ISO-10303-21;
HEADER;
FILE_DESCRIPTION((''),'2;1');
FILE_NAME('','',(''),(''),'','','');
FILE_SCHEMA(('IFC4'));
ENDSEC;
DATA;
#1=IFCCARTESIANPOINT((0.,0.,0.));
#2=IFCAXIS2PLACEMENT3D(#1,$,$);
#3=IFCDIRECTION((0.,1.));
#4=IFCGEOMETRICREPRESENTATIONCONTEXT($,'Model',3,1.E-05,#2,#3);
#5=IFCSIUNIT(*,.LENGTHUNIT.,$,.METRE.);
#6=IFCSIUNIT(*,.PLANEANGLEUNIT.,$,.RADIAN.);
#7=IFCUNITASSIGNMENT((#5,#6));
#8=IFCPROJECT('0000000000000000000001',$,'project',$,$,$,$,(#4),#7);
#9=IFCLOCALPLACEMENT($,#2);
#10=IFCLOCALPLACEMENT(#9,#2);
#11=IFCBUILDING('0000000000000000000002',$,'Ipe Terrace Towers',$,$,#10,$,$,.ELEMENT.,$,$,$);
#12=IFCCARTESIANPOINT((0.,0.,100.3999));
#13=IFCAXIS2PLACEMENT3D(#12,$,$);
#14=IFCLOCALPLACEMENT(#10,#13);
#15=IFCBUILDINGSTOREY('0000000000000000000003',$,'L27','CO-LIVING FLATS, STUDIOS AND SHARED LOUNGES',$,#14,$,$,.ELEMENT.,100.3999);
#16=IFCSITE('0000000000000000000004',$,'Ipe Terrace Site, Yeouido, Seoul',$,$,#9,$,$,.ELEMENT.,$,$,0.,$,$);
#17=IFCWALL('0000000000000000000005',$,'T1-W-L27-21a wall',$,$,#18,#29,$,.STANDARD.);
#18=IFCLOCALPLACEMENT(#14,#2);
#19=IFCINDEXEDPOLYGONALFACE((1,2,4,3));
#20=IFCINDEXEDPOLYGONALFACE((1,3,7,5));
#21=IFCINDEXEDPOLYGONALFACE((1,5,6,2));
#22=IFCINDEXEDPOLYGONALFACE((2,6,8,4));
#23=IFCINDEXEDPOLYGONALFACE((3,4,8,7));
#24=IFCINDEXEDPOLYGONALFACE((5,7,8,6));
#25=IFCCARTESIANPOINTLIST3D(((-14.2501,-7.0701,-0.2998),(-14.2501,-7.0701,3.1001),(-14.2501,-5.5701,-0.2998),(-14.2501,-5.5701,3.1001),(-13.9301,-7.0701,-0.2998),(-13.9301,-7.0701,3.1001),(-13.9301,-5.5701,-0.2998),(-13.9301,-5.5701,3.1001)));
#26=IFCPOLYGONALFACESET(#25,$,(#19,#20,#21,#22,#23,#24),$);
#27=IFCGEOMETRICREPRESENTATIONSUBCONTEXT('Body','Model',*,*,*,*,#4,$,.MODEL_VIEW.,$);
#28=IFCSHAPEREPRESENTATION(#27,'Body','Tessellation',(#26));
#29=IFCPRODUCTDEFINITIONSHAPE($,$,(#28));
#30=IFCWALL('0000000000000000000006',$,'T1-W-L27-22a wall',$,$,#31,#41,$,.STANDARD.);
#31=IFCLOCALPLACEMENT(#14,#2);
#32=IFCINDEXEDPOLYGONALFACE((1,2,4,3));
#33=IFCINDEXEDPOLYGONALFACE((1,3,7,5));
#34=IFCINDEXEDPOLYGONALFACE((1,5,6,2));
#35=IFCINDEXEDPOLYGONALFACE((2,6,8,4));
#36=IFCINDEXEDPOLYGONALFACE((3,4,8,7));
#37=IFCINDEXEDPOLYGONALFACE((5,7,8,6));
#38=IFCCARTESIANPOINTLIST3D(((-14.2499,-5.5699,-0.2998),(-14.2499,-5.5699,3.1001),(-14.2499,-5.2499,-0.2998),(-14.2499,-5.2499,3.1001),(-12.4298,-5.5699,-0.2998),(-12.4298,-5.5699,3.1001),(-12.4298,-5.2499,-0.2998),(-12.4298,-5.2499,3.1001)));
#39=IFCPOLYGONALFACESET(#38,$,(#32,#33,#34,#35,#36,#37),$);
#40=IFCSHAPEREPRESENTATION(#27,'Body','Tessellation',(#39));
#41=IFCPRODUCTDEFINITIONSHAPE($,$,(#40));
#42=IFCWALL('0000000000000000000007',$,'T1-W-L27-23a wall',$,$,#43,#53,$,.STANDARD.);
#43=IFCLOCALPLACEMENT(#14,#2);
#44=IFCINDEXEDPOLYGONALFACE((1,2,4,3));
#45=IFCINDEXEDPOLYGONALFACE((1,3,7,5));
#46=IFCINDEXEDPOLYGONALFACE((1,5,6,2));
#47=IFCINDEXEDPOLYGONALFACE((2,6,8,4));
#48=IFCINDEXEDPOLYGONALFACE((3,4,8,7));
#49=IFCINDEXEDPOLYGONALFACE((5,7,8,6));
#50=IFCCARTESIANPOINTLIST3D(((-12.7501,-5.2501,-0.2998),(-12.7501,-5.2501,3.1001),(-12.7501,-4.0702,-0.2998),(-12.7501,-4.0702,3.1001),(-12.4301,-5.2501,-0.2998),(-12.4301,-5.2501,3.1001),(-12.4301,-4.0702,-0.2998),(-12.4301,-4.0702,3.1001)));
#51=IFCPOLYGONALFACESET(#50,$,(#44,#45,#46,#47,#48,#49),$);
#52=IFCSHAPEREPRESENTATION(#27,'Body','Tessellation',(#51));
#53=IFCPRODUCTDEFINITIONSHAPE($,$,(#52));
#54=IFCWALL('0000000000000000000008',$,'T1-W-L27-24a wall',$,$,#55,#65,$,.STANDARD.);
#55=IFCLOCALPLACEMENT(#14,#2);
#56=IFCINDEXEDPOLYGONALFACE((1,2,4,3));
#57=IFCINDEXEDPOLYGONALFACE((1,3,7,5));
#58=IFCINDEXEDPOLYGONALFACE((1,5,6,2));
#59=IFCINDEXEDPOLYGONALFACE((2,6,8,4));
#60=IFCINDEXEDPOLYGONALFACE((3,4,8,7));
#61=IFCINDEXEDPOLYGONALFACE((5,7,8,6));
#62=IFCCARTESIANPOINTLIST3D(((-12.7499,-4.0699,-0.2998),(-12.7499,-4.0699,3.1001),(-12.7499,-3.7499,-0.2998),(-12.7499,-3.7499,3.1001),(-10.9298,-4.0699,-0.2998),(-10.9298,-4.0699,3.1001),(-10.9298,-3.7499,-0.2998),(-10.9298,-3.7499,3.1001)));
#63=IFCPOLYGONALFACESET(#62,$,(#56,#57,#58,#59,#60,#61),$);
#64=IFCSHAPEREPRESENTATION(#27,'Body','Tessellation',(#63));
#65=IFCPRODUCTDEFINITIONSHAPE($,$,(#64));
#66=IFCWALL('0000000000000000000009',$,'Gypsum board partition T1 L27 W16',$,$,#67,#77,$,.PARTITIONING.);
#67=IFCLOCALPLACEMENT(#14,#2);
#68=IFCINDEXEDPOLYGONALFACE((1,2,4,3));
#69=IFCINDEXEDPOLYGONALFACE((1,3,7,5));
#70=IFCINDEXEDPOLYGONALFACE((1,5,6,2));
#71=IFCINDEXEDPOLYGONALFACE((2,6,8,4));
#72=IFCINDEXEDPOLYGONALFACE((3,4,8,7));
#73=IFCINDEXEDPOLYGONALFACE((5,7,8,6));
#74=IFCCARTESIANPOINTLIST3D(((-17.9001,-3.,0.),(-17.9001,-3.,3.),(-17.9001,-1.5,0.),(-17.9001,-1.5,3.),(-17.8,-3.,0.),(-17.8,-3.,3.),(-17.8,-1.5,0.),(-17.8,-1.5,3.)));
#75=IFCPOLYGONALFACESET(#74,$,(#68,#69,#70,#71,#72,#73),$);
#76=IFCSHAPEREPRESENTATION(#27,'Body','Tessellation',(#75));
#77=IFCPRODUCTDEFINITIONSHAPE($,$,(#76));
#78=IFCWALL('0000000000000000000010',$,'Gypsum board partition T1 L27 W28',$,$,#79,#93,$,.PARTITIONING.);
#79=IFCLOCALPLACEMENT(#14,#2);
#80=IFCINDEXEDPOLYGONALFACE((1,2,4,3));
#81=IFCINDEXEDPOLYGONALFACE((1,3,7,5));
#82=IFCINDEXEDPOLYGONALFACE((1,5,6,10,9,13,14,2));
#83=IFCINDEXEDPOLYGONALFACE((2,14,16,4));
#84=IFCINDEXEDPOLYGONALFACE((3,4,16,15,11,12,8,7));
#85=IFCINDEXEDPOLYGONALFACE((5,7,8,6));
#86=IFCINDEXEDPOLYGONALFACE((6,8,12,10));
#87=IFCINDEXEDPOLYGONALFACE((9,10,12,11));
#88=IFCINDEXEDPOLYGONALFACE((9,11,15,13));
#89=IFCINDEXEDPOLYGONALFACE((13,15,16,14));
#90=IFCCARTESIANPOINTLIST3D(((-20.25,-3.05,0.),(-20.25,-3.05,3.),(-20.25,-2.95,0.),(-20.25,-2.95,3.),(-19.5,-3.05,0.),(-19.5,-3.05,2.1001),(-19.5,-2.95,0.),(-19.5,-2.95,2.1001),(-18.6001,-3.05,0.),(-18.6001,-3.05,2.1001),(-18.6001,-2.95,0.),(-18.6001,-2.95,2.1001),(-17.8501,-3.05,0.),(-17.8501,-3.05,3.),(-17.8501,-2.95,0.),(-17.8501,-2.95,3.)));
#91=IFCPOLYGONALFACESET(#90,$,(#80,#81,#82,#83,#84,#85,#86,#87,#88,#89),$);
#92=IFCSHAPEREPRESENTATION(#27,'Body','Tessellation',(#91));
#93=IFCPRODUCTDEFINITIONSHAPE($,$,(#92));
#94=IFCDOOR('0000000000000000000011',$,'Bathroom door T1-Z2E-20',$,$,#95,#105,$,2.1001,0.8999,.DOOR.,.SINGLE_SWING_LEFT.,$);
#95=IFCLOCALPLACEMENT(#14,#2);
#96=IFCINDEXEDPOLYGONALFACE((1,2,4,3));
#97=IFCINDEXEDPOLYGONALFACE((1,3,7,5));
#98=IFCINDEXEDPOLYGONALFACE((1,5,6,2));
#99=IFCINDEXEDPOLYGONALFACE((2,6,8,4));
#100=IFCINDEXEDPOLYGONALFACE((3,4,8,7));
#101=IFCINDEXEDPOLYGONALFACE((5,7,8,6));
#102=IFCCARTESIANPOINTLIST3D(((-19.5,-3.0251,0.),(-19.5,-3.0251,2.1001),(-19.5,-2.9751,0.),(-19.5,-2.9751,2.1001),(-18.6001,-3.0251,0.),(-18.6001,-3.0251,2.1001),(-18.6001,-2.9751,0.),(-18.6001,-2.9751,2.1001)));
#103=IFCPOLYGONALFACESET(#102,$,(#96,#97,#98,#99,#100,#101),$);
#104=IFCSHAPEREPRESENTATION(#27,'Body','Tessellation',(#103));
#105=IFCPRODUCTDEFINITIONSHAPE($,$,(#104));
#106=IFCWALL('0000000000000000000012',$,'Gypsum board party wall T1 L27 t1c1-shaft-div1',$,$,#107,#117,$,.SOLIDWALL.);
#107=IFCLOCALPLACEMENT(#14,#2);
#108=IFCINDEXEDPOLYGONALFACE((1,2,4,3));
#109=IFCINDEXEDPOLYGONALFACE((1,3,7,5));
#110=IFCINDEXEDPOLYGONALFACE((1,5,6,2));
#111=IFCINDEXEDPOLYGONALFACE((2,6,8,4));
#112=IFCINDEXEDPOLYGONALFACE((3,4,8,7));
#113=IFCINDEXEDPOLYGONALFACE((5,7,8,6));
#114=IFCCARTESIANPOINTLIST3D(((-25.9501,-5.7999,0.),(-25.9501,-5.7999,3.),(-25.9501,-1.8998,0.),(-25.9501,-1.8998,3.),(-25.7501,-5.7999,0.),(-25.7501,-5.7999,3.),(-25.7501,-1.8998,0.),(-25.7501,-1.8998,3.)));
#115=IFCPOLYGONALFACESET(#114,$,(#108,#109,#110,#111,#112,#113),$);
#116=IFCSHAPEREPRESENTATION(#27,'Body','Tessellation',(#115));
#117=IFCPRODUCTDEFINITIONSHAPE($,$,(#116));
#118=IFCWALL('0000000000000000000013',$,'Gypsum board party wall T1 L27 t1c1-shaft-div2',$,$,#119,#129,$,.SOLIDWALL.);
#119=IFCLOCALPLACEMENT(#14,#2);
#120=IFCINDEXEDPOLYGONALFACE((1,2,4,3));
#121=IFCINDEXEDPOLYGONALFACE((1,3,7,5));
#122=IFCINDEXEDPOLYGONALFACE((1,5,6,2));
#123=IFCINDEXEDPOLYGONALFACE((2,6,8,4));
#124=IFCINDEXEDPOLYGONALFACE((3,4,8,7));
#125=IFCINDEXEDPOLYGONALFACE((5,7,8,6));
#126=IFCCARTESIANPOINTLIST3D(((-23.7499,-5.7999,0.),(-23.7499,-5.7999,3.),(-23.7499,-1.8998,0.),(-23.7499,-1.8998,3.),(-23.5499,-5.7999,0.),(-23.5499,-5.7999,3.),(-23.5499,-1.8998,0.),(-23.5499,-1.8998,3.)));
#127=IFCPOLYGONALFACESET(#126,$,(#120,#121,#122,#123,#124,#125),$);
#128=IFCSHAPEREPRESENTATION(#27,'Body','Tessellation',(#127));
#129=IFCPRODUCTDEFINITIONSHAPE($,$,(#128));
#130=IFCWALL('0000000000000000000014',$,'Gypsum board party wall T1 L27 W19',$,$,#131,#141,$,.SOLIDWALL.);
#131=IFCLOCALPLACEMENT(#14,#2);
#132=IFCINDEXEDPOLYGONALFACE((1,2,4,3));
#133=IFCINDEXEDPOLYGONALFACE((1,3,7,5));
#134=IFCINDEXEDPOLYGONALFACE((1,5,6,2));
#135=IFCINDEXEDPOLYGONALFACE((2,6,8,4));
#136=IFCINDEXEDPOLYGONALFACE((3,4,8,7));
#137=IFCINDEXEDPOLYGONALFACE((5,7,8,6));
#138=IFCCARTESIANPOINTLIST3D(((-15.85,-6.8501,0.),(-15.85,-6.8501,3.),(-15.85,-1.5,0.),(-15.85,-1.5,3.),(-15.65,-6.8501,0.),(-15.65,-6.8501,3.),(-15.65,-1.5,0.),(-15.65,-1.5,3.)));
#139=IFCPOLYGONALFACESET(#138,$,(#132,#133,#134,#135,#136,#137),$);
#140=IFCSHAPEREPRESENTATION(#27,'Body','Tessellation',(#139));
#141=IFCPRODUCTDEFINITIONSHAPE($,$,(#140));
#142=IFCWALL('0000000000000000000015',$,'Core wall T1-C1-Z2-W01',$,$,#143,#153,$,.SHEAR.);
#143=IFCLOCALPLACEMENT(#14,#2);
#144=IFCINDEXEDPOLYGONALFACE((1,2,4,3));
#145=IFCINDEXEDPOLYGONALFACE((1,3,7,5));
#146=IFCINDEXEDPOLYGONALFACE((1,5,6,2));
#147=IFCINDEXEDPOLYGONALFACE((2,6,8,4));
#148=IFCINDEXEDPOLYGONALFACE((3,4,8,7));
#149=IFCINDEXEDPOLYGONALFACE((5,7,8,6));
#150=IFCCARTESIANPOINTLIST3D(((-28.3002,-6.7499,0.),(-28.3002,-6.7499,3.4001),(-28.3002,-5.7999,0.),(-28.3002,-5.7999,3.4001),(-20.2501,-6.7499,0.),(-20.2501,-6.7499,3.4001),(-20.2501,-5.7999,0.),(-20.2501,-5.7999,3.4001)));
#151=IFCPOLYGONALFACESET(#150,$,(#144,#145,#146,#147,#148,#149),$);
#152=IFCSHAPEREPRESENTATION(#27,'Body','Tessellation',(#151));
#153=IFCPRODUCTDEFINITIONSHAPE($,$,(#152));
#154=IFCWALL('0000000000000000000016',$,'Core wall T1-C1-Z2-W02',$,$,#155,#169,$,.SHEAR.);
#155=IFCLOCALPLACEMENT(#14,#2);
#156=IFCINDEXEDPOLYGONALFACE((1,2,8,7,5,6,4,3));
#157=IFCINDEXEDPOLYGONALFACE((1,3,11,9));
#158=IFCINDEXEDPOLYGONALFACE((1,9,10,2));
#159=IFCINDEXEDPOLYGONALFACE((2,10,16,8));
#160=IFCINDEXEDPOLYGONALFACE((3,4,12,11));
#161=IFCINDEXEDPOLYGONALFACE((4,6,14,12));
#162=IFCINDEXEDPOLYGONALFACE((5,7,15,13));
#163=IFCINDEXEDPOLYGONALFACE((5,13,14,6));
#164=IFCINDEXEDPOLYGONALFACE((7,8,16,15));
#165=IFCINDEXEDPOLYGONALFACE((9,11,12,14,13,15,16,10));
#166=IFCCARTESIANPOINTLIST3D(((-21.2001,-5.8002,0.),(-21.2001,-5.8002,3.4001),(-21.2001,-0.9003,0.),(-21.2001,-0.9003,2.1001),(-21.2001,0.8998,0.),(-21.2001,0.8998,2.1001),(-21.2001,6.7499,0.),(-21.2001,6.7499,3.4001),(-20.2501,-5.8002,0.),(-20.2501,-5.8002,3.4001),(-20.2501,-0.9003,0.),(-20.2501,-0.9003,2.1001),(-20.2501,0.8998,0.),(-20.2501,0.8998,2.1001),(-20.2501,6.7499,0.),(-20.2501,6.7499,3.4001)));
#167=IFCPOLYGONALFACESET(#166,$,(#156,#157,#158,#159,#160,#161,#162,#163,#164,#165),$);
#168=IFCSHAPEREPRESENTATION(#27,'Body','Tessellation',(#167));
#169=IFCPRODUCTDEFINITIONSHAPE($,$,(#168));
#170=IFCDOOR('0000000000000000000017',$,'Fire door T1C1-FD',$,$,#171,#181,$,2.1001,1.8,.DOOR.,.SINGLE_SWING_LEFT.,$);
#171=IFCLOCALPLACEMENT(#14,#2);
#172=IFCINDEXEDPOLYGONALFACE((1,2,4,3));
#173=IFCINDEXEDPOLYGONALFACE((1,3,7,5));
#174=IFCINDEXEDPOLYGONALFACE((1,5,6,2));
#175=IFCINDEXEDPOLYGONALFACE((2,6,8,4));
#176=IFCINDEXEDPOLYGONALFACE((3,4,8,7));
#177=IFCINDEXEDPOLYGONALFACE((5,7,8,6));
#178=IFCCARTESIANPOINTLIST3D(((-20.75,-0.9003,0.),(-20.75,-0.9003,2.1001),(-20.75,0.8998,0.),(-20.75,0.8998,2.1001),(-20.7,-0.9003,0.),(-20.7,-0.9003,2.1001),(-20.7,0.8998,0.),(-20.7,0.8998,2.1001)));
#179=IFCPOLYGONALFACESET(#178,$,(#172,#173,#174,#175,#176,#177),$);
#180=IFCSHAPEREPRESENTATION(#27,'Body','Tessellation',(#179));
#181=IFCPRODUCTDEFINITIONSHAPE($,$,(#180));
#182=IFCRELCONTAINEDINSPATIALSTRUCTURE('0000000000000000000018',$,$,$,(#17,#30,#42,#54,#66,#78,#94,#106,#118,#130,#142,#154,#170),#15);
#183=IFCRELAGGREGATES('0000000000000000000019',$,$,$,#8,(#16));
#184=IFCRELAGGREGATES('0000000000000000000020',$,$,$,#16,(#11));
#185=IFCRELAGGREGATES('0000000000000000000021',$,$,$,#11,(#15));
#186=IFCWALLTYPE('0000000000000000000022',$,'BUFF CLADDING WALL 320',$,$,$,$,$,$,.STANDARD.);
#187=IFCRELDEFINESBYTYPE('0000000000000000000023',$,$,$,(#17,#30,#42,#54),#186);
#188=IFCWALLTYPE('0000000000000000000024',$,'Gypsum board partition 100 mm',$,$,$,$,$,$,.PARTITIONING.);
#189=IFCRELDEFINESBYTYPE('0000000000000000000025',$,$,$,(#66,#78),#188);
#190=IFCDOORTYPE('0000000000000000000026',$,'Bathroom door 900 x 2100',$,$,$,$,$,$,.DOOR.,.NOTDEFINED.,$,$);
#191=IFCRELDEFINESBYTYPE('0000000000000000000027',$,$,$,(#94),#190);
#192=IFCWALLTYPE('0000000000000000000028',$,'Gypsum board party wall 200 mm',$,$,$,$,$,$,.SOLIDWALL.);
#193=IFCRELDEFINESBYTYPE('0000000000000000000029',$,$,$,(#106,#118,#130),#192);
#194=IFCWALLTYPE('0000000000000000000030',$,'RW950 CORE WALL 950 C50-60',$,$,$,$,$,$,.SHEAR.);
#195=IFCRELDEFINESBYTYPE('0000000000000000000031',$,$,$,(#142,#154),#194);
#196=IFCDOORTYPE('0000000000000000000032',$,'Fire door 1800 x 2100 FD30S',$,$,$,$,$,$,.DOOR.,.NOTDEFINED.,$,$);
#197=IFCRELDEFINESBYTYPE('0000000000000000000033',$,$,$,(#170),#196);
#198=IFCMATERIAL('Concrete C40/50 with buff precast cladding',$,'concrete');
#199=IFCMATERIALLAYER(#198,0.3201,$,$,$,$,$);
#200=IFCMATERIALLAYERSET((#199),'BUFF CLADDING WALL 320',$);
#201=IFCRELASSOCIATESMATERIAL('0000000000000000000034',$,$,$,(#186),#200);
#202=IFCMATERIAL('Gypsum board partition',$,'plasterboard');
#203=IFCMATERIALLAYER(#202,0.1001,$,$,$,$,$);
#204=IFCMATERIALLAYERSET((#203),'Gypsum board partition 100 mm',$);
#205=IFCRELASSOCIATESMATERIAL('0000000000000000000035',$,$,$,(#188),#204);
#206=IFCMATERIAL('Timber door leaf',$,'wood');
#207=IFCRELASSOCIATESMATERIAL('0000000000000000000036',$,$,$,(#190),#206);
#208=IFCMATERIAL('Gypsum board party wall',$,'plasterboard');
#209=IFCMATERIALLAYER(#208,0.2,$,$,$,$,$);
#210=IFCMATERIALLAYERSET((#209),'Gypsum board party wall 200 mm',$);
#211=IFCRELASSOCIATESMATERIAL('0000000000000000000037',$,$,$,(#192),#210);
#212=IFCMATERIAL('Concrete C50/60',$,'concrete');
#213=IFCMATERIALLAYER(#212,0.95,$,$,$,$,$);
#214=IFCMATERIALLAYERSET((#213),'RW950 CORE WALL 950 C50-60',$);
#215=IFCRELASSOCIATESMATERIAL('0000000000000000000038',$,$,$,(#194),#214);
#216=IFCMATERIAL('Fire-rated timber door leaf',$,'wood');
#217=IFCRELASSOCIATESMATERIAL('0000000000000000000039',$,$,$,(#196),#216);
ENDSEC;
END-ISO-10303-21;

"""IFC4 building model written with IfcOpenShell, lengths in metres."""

from ifc_helpers import new_model, si_unit, direction, frame, frame_2d, origin, place, context, subcontext, project, spatial, rectangle, extrude, material, layer, layer_set, type_object, element, fill, save


model = new_model("IFC4")

# Units and contexts
model_context = context("Model", 3, precision=1e-05, world=origin(), true_north=direction((0.0, 1.0)))
body_context = subcontext(model_context, "Body", "Model", "MODEL_VIEW")
ifc_project = project(units=[si_unit("LENGTHUNIT", "METRE"), si_unit("PLANEANGLEUNIT", "RADIAN")], contexts=[model_context])

# Site, building, storey
site_placement = place(None, origin())
site = spatial("IfcSite", under=ifc_project, at=site_placement, Name="Ipe Terrace Site, Yeouido, Seoul", CompositionType="ELEMENT", RefElevation=0.0)
building_placement = place(site_placement, origin())
building = spatial("IfcBuilding", under=site, at=building_placement, Name="Ipe Terrace Towers", CompositionType="ELEMENT")
storey_placement = place(building_placement, frame((0.0, 0.0, 100.3999)))
storey = spatial("IfcBuildingStorey", under=building, at=storey_placement, Name="L27", Description="CO-LIVING FLATS, STUDIOS AND SHARED LOUNGES", CompositionType="ELEMENT", Elevation=100.3999)

# Walls
ifc_material_1 = material(Name="Concrete C40/50 with buff precast cladding", Category="concrete")
ifc_layer_1 = layer(ifc_material_1, 0.3201)
ifc_layer_set_1 = layer_set([ifc_layer_1], Name="BUFF CLADDING WALL 320")
wall_type_1 = type_object("IfcWallType", Name="BUFF CLADDING WALL 320", PredefinedType="STANDARD", material=ifc_layer_set_1)
wall_1_placement = place(storey_placement, frame((-14.0901, -7.0701, -0.2998), z_axis=(0.0, 0.0, 1.0), x_axis=(0.0, 1.0, 0.0)))
element("IfcWall", 1, at=wall_1_placement, inside=storey, type_object=wall_type_1, Name="T1-W-L27-21a wall", PredefinedType="STANDARD", context=body_context, shape_type="SweptSolid", body=[
    extrude(rectangle(XDim=1.5, YDim=0.3201, at=frame_2d((0.75, 0.0))), origin(), (0.0, 0.0, 1.0), 3.3999),
])
wall_2_placement = place(storey_placement, frame((-14.25, -5.4099, -0.2998), z_axis=(0.0, 0.0, 1.0), x_axis=(1.0, 0.0, 0.0)))
element("IfcWall", 2, at=wall_2_placement, inside=storey, type_object=wall_type_1, Name="T1-W-L27-22a wall", PredefinedType="STANDARD", context=body_context, shape_type="SweptSolid", body=[
    extrude(rectangle(XDim=1.8201, YDim=0.3201, at=frame_2d((0.9102, 0.0))), origin(), (0.0, 0.0, 1.0), 3.3999),
])
wall_3_placement = place(storey_placement, frame((-12.5901, -5.25, -0.2998), z_axis=(0.0, 0.0, 1.0), x_axis=(0.0, 1.0, 0.0)))
element("IfcWall", 3, at=wall_3_placement, inside=storey, type_object=wall_type_1, Name="T1-W-L27-23a wall", PredefinedType="STANDARD", context=body_context, shape_type="SweptSolid", body=[
    extrude(rectangle(XDim=1.1799, YDim=0.3201, at=frame_2d((0.5898, 0.0))), origin(), (0.0, 0.0, 1.0), 3.3999),
])
wall_4_placement = place(storey_placement, frame((-12.75, -3.9099, -0.2998), z_axis=(0.0, 0.0, 1.0), x_axis=(1.0, 0.0, 0.0)))
element("IfcWall", 4, at=wall_4_placement, inside=storey, type_object=wall_type_1, Name="T1-W-L27-24a wall", PredefinedType="STANDARD", context=body_context, shape_type="SweptSolid", body=[
    extrude(rectangle(XDim=1.8201, YDim=0.3201, at=frame_2d((0.9102, 0.0))), origin(), (0.0, 0.0, 1.0), 3.3999),
])
ifc_material_2 = material(Name="Gypsum board partition", Category="plasterboard")
ifc_layer_2 = layer(ifc_material_2, 0.1001)
ifc_layer_set_2 = layer_set([ifc_layer_2], Name="Gypsum board partition 100 mm")
wall_type_2 = type_object("IfcWallType", Name="Gypsum board partition 100 mm", PredefinedType="PARTITIONING", material=ifc_layer_set_2)
wall_5_placement = place(storey_placement, frame((-17.8501, -3.0, 0.0), z_axis=(0.0, 0.0, 1.0), x_axis=(0.0, 1.0, 0.0)))
element("IfcWall", 5, at=wall_5_placement, inside=storey, type_object=wall_type_2, Name="Gypsum board partition T1 L27 W16", PredefinedType="PARTITIONING", context=body_context, shape_type="SweptSolid", body=[
    extrude(rectangle(XDim=1.5, YDim=0.1001, at=frame_2d((0.75, 0.0))), origin(), (0.0, 0.0, 1.0), 3.0),
])

# Wall, opening, door
wall_6_placement = place(storey_placement, frame((-20.25, -3.0, 0.0), z_axis=(0.0, 0.0, 1.0), x_axis=(1.0, 0.0, 0.0)))
wall_6 = element("IfcWall", 6, at=wall_6_placement, inside=storey, type_object=wall_type_2, Name="Gypsum board partition T1 L27 W28", PredefinedType="PARTITIONING", context=body_context, shape_type="SweptSolid", body=[
    extrude(rectangle(XDim=2.3999, YDim=0.1001, at=frame_2d((1.2, 0.0))), origin(), (0.0, 0.0, 1.0), 3.0),
])
opening_1_placement = place(wall_6_placement, frame((0.75, 0.0, 0.0)))
opening_1 = element("IfcOpeningElement", 7, at=opening_1_placement, cuts=wall_6, PredefinedType="OPENING", context=body_context, shape_type="SweptSolid", body=[
    extrude(rectangle(XDim=0.8999, YDim=2.1001, at=frame_2d((0.45, 1.05))), frame((0.0, 0.0601, 0.0), z_axis=(0.0, -1.0, 0.0), x_axis=(1.0, 0.0, 0.0)), (0.0, 0.0, 1.0), 0.1201),
])
ifc_material_3 = material(Name="Timber door leaf", Category="wood")
door_type_1 = type_object("IfcDoorType", Name="Bathroom door 900 x 2100", OperationType="NOTDEFINED", PredefinedType="DOOR", material=ifc_material_3)
door_1_placement = place(opening_1_placement, origin())
door_1 = element("IfcDoor", 8, at=door_1_placement, inside=storey, type_object=door_type_1, Name="Bathroom door T1-Z2E-20", OperationType="SINGLE_SWING_LEFT", OverallHeight=2.1001, OverallWidth=0.8999, PredefinedType="DOOR", context=body_context, shape_type="SweptSolid", body=[
    extrude(rectangle(XDim=0.8999, YDim=2.1001, at=frame_2d((0.45, 1.05))), frame((0.0, 0.0249, 0.0), z_axis=(0.0, -1.0, 0.0), x_axis=(1.0, 0.0, 0.0)), (0.0, 0.0, 1.0), 0.05),
])
fill(opening_1, door_1)

# Walls
ifc_material_4 = material(Name="Gypsum board party wall", Category="plasterboard")
ifc_layer_3 = layer(ifc_material_4, 0.2)
ifc_layer_set_3 = layer_set([ifc_layer_3], Name="Gypsum board party wall 200 mm")
wall_type_3 = type_object("IfcWallType", Name="Gypsum board party wall 200 mm", PredefinedType="SOLIDWALL", material=ifc_layer_set_3)
for number, where, z_axis, x_axis, name in (
    (9, (-25.8501, -5.8, 0.0), (0.0, 0.0, 1.0), (0.0, 1.0, 0.0), "Gypsum board party wall T1 L27 t1c1-shaft-div1"),
    (10, (-23.6499, -5.8, 0.0), (0.0, 0.0, 1.0), (0.0, 1.0, 0.0), "Gypsum board party wall T1 L27 t1c1-shaft-div2"),
):
    element("IfcWall", number, at=place(storey_placement, frame(where, z_axis=z_axis, x_axis=x_axis)), inside=storey, type_object=wall_type_3, Name=name, PredefinedType="SOLIDWALL", context=body_context, shape_type="SweptSolid", body=[
        extrude(rectangle(XDim=3.9001, YDim=0.2, at=frame_2d((1.9502, 0.0))), origin(), (0.0, 0.0, 1.0), 3.0),
    ])
wall_7_placement = place(storey_placement, frame((-15.75, -6.8501, 0.0), z_axis=(0.0, 0.0, 1.0), x_axis=(0.0, 1.0, 0.0)))
element("IfcWall", 11, at=wall_7_placement, inside=storey, type_object=wall_type_3, Name="Gypsum board party wall T1 L27 W19", PredefinedType="SOLIDWALL", context=body_context, shape_type="SweptSolid", body=[
    extrude(rectangle(XDim=5.3501, YDim=0.2, at=frame_2d((2.675, 0.0))), origin(), (0.0, 0.0, 1.0), 3.0),
])
ifc_material_5 = material(Name="Concrete C50/60", Category="concrete")
ifc_layer_4 = layer(ifc_material_5, 0.95)
ifc_layer_set_4 = layer_set([ifc_layer_4], Name="RW950 CORE WALL 950 C50-60")
wall_type_4 = type_object("IfcWallType", Name="RW950 CORE WALL 950 C50-60", PredefinedType="SHEAR", material=ifc_layer_set_4)
wall_8_placement = place(storey_placement, frame((-28.3, -6.2749, 0.0), z_axis=(0.0, 0.0, 1.0), x_axis=(1.0, 0.0, 0.0)))
element("IfcWall", 12, at=wall_8_placement, inside=storey, type_object=wall_type_4, Name="Core wall T1-C1-Z2-W01", PredefinedType="SHEAR", context=body_context, shape_type="SweptSolid", body=[
    extrude(rectangle(XDim=8.05, YDim=0.95, at=frame_2d((4.0249, 0.0))), origin(), (0.0, 0.0, 1.0), 3.4001),
])

# Wall, opening, door
wall_9_placement = place(storey_placement, frame((-20.7251, -5.8, 0.0), z_axis=(0.0, 0.0, 1.0), x_axis=(0.0, 1.0, 0.0)))
wall_9 = element("IfcWall", 13, at=wall_9_placement, inside=storey, type_object=wall_type_4, Name="Core wall T1-C1-Z2-W02", PredefinedType="SHEAR", context=body_context, shape_type="SweptSolid", body=[
    extrude(rectangle(XDim=12.55, YDim=0.95, at=frame_2d((6.2749, 0.0))), origin(), (0.0, 0.0, 1.0), 3.4001),
])
opening_2_placement = place(wall_9_placement, frame((4.8999, 0.0, 0.0)))
opening_2 = element("IfcOpeningElement", 14, at=opening_2_placement, cuts=wall_9, PredefinedType="OPENING", context=body_context, shape_type="SweptSolid", body=[
    extrude(rectangle(XDim=1.8, YDim=2.1001, at=frame_2d((0.8999, 1.05))), frame((0.0, 0.4849, 0.0), z_axis=(0.0, -1.0, 0.0), x_axis=(1.0, 0.0, 0.0)), (0.0, 0.0, 1.0), 0.97),
])
ifc_material_6 = material(Name="Fire-rated timber door leaf", Category="wood")
door_type_2 = type_object("IfcDoorType", Name="Fire door 1800 x 2100 FD30S", OperationType="NOTDEFINED", PredefinedType="DOOR", material=ifc_material_6)
door_2_placement = place(opening_2_placement, origin())
door_2 = element("IfcDoor", 15, at=door_2_placement, inside=storey, type_object=door_type_2, Name="Fire door T1C1-FD", OperationType="SINGLE_SWING_LEFT", OverallHeight=2.1001, OverallWidth=1.8, PredefinedType="DOOR", context=body_context, shape_type="SweptSolid", body=[
    extrude(rectangle(XDim=1.8, YDim=2.1001, at=frame_2d((0.8999, 1.05))), frame((0.0, 0.0249, 0.0), z_axis=(0.0, -1.0, 0.0), x_axis=(1.0, 0.0, 0.0)), (0.0, 0.0, 1.0), 0.05),
])
fill(opening_2, door_2)

save(model, "model.ifc")
